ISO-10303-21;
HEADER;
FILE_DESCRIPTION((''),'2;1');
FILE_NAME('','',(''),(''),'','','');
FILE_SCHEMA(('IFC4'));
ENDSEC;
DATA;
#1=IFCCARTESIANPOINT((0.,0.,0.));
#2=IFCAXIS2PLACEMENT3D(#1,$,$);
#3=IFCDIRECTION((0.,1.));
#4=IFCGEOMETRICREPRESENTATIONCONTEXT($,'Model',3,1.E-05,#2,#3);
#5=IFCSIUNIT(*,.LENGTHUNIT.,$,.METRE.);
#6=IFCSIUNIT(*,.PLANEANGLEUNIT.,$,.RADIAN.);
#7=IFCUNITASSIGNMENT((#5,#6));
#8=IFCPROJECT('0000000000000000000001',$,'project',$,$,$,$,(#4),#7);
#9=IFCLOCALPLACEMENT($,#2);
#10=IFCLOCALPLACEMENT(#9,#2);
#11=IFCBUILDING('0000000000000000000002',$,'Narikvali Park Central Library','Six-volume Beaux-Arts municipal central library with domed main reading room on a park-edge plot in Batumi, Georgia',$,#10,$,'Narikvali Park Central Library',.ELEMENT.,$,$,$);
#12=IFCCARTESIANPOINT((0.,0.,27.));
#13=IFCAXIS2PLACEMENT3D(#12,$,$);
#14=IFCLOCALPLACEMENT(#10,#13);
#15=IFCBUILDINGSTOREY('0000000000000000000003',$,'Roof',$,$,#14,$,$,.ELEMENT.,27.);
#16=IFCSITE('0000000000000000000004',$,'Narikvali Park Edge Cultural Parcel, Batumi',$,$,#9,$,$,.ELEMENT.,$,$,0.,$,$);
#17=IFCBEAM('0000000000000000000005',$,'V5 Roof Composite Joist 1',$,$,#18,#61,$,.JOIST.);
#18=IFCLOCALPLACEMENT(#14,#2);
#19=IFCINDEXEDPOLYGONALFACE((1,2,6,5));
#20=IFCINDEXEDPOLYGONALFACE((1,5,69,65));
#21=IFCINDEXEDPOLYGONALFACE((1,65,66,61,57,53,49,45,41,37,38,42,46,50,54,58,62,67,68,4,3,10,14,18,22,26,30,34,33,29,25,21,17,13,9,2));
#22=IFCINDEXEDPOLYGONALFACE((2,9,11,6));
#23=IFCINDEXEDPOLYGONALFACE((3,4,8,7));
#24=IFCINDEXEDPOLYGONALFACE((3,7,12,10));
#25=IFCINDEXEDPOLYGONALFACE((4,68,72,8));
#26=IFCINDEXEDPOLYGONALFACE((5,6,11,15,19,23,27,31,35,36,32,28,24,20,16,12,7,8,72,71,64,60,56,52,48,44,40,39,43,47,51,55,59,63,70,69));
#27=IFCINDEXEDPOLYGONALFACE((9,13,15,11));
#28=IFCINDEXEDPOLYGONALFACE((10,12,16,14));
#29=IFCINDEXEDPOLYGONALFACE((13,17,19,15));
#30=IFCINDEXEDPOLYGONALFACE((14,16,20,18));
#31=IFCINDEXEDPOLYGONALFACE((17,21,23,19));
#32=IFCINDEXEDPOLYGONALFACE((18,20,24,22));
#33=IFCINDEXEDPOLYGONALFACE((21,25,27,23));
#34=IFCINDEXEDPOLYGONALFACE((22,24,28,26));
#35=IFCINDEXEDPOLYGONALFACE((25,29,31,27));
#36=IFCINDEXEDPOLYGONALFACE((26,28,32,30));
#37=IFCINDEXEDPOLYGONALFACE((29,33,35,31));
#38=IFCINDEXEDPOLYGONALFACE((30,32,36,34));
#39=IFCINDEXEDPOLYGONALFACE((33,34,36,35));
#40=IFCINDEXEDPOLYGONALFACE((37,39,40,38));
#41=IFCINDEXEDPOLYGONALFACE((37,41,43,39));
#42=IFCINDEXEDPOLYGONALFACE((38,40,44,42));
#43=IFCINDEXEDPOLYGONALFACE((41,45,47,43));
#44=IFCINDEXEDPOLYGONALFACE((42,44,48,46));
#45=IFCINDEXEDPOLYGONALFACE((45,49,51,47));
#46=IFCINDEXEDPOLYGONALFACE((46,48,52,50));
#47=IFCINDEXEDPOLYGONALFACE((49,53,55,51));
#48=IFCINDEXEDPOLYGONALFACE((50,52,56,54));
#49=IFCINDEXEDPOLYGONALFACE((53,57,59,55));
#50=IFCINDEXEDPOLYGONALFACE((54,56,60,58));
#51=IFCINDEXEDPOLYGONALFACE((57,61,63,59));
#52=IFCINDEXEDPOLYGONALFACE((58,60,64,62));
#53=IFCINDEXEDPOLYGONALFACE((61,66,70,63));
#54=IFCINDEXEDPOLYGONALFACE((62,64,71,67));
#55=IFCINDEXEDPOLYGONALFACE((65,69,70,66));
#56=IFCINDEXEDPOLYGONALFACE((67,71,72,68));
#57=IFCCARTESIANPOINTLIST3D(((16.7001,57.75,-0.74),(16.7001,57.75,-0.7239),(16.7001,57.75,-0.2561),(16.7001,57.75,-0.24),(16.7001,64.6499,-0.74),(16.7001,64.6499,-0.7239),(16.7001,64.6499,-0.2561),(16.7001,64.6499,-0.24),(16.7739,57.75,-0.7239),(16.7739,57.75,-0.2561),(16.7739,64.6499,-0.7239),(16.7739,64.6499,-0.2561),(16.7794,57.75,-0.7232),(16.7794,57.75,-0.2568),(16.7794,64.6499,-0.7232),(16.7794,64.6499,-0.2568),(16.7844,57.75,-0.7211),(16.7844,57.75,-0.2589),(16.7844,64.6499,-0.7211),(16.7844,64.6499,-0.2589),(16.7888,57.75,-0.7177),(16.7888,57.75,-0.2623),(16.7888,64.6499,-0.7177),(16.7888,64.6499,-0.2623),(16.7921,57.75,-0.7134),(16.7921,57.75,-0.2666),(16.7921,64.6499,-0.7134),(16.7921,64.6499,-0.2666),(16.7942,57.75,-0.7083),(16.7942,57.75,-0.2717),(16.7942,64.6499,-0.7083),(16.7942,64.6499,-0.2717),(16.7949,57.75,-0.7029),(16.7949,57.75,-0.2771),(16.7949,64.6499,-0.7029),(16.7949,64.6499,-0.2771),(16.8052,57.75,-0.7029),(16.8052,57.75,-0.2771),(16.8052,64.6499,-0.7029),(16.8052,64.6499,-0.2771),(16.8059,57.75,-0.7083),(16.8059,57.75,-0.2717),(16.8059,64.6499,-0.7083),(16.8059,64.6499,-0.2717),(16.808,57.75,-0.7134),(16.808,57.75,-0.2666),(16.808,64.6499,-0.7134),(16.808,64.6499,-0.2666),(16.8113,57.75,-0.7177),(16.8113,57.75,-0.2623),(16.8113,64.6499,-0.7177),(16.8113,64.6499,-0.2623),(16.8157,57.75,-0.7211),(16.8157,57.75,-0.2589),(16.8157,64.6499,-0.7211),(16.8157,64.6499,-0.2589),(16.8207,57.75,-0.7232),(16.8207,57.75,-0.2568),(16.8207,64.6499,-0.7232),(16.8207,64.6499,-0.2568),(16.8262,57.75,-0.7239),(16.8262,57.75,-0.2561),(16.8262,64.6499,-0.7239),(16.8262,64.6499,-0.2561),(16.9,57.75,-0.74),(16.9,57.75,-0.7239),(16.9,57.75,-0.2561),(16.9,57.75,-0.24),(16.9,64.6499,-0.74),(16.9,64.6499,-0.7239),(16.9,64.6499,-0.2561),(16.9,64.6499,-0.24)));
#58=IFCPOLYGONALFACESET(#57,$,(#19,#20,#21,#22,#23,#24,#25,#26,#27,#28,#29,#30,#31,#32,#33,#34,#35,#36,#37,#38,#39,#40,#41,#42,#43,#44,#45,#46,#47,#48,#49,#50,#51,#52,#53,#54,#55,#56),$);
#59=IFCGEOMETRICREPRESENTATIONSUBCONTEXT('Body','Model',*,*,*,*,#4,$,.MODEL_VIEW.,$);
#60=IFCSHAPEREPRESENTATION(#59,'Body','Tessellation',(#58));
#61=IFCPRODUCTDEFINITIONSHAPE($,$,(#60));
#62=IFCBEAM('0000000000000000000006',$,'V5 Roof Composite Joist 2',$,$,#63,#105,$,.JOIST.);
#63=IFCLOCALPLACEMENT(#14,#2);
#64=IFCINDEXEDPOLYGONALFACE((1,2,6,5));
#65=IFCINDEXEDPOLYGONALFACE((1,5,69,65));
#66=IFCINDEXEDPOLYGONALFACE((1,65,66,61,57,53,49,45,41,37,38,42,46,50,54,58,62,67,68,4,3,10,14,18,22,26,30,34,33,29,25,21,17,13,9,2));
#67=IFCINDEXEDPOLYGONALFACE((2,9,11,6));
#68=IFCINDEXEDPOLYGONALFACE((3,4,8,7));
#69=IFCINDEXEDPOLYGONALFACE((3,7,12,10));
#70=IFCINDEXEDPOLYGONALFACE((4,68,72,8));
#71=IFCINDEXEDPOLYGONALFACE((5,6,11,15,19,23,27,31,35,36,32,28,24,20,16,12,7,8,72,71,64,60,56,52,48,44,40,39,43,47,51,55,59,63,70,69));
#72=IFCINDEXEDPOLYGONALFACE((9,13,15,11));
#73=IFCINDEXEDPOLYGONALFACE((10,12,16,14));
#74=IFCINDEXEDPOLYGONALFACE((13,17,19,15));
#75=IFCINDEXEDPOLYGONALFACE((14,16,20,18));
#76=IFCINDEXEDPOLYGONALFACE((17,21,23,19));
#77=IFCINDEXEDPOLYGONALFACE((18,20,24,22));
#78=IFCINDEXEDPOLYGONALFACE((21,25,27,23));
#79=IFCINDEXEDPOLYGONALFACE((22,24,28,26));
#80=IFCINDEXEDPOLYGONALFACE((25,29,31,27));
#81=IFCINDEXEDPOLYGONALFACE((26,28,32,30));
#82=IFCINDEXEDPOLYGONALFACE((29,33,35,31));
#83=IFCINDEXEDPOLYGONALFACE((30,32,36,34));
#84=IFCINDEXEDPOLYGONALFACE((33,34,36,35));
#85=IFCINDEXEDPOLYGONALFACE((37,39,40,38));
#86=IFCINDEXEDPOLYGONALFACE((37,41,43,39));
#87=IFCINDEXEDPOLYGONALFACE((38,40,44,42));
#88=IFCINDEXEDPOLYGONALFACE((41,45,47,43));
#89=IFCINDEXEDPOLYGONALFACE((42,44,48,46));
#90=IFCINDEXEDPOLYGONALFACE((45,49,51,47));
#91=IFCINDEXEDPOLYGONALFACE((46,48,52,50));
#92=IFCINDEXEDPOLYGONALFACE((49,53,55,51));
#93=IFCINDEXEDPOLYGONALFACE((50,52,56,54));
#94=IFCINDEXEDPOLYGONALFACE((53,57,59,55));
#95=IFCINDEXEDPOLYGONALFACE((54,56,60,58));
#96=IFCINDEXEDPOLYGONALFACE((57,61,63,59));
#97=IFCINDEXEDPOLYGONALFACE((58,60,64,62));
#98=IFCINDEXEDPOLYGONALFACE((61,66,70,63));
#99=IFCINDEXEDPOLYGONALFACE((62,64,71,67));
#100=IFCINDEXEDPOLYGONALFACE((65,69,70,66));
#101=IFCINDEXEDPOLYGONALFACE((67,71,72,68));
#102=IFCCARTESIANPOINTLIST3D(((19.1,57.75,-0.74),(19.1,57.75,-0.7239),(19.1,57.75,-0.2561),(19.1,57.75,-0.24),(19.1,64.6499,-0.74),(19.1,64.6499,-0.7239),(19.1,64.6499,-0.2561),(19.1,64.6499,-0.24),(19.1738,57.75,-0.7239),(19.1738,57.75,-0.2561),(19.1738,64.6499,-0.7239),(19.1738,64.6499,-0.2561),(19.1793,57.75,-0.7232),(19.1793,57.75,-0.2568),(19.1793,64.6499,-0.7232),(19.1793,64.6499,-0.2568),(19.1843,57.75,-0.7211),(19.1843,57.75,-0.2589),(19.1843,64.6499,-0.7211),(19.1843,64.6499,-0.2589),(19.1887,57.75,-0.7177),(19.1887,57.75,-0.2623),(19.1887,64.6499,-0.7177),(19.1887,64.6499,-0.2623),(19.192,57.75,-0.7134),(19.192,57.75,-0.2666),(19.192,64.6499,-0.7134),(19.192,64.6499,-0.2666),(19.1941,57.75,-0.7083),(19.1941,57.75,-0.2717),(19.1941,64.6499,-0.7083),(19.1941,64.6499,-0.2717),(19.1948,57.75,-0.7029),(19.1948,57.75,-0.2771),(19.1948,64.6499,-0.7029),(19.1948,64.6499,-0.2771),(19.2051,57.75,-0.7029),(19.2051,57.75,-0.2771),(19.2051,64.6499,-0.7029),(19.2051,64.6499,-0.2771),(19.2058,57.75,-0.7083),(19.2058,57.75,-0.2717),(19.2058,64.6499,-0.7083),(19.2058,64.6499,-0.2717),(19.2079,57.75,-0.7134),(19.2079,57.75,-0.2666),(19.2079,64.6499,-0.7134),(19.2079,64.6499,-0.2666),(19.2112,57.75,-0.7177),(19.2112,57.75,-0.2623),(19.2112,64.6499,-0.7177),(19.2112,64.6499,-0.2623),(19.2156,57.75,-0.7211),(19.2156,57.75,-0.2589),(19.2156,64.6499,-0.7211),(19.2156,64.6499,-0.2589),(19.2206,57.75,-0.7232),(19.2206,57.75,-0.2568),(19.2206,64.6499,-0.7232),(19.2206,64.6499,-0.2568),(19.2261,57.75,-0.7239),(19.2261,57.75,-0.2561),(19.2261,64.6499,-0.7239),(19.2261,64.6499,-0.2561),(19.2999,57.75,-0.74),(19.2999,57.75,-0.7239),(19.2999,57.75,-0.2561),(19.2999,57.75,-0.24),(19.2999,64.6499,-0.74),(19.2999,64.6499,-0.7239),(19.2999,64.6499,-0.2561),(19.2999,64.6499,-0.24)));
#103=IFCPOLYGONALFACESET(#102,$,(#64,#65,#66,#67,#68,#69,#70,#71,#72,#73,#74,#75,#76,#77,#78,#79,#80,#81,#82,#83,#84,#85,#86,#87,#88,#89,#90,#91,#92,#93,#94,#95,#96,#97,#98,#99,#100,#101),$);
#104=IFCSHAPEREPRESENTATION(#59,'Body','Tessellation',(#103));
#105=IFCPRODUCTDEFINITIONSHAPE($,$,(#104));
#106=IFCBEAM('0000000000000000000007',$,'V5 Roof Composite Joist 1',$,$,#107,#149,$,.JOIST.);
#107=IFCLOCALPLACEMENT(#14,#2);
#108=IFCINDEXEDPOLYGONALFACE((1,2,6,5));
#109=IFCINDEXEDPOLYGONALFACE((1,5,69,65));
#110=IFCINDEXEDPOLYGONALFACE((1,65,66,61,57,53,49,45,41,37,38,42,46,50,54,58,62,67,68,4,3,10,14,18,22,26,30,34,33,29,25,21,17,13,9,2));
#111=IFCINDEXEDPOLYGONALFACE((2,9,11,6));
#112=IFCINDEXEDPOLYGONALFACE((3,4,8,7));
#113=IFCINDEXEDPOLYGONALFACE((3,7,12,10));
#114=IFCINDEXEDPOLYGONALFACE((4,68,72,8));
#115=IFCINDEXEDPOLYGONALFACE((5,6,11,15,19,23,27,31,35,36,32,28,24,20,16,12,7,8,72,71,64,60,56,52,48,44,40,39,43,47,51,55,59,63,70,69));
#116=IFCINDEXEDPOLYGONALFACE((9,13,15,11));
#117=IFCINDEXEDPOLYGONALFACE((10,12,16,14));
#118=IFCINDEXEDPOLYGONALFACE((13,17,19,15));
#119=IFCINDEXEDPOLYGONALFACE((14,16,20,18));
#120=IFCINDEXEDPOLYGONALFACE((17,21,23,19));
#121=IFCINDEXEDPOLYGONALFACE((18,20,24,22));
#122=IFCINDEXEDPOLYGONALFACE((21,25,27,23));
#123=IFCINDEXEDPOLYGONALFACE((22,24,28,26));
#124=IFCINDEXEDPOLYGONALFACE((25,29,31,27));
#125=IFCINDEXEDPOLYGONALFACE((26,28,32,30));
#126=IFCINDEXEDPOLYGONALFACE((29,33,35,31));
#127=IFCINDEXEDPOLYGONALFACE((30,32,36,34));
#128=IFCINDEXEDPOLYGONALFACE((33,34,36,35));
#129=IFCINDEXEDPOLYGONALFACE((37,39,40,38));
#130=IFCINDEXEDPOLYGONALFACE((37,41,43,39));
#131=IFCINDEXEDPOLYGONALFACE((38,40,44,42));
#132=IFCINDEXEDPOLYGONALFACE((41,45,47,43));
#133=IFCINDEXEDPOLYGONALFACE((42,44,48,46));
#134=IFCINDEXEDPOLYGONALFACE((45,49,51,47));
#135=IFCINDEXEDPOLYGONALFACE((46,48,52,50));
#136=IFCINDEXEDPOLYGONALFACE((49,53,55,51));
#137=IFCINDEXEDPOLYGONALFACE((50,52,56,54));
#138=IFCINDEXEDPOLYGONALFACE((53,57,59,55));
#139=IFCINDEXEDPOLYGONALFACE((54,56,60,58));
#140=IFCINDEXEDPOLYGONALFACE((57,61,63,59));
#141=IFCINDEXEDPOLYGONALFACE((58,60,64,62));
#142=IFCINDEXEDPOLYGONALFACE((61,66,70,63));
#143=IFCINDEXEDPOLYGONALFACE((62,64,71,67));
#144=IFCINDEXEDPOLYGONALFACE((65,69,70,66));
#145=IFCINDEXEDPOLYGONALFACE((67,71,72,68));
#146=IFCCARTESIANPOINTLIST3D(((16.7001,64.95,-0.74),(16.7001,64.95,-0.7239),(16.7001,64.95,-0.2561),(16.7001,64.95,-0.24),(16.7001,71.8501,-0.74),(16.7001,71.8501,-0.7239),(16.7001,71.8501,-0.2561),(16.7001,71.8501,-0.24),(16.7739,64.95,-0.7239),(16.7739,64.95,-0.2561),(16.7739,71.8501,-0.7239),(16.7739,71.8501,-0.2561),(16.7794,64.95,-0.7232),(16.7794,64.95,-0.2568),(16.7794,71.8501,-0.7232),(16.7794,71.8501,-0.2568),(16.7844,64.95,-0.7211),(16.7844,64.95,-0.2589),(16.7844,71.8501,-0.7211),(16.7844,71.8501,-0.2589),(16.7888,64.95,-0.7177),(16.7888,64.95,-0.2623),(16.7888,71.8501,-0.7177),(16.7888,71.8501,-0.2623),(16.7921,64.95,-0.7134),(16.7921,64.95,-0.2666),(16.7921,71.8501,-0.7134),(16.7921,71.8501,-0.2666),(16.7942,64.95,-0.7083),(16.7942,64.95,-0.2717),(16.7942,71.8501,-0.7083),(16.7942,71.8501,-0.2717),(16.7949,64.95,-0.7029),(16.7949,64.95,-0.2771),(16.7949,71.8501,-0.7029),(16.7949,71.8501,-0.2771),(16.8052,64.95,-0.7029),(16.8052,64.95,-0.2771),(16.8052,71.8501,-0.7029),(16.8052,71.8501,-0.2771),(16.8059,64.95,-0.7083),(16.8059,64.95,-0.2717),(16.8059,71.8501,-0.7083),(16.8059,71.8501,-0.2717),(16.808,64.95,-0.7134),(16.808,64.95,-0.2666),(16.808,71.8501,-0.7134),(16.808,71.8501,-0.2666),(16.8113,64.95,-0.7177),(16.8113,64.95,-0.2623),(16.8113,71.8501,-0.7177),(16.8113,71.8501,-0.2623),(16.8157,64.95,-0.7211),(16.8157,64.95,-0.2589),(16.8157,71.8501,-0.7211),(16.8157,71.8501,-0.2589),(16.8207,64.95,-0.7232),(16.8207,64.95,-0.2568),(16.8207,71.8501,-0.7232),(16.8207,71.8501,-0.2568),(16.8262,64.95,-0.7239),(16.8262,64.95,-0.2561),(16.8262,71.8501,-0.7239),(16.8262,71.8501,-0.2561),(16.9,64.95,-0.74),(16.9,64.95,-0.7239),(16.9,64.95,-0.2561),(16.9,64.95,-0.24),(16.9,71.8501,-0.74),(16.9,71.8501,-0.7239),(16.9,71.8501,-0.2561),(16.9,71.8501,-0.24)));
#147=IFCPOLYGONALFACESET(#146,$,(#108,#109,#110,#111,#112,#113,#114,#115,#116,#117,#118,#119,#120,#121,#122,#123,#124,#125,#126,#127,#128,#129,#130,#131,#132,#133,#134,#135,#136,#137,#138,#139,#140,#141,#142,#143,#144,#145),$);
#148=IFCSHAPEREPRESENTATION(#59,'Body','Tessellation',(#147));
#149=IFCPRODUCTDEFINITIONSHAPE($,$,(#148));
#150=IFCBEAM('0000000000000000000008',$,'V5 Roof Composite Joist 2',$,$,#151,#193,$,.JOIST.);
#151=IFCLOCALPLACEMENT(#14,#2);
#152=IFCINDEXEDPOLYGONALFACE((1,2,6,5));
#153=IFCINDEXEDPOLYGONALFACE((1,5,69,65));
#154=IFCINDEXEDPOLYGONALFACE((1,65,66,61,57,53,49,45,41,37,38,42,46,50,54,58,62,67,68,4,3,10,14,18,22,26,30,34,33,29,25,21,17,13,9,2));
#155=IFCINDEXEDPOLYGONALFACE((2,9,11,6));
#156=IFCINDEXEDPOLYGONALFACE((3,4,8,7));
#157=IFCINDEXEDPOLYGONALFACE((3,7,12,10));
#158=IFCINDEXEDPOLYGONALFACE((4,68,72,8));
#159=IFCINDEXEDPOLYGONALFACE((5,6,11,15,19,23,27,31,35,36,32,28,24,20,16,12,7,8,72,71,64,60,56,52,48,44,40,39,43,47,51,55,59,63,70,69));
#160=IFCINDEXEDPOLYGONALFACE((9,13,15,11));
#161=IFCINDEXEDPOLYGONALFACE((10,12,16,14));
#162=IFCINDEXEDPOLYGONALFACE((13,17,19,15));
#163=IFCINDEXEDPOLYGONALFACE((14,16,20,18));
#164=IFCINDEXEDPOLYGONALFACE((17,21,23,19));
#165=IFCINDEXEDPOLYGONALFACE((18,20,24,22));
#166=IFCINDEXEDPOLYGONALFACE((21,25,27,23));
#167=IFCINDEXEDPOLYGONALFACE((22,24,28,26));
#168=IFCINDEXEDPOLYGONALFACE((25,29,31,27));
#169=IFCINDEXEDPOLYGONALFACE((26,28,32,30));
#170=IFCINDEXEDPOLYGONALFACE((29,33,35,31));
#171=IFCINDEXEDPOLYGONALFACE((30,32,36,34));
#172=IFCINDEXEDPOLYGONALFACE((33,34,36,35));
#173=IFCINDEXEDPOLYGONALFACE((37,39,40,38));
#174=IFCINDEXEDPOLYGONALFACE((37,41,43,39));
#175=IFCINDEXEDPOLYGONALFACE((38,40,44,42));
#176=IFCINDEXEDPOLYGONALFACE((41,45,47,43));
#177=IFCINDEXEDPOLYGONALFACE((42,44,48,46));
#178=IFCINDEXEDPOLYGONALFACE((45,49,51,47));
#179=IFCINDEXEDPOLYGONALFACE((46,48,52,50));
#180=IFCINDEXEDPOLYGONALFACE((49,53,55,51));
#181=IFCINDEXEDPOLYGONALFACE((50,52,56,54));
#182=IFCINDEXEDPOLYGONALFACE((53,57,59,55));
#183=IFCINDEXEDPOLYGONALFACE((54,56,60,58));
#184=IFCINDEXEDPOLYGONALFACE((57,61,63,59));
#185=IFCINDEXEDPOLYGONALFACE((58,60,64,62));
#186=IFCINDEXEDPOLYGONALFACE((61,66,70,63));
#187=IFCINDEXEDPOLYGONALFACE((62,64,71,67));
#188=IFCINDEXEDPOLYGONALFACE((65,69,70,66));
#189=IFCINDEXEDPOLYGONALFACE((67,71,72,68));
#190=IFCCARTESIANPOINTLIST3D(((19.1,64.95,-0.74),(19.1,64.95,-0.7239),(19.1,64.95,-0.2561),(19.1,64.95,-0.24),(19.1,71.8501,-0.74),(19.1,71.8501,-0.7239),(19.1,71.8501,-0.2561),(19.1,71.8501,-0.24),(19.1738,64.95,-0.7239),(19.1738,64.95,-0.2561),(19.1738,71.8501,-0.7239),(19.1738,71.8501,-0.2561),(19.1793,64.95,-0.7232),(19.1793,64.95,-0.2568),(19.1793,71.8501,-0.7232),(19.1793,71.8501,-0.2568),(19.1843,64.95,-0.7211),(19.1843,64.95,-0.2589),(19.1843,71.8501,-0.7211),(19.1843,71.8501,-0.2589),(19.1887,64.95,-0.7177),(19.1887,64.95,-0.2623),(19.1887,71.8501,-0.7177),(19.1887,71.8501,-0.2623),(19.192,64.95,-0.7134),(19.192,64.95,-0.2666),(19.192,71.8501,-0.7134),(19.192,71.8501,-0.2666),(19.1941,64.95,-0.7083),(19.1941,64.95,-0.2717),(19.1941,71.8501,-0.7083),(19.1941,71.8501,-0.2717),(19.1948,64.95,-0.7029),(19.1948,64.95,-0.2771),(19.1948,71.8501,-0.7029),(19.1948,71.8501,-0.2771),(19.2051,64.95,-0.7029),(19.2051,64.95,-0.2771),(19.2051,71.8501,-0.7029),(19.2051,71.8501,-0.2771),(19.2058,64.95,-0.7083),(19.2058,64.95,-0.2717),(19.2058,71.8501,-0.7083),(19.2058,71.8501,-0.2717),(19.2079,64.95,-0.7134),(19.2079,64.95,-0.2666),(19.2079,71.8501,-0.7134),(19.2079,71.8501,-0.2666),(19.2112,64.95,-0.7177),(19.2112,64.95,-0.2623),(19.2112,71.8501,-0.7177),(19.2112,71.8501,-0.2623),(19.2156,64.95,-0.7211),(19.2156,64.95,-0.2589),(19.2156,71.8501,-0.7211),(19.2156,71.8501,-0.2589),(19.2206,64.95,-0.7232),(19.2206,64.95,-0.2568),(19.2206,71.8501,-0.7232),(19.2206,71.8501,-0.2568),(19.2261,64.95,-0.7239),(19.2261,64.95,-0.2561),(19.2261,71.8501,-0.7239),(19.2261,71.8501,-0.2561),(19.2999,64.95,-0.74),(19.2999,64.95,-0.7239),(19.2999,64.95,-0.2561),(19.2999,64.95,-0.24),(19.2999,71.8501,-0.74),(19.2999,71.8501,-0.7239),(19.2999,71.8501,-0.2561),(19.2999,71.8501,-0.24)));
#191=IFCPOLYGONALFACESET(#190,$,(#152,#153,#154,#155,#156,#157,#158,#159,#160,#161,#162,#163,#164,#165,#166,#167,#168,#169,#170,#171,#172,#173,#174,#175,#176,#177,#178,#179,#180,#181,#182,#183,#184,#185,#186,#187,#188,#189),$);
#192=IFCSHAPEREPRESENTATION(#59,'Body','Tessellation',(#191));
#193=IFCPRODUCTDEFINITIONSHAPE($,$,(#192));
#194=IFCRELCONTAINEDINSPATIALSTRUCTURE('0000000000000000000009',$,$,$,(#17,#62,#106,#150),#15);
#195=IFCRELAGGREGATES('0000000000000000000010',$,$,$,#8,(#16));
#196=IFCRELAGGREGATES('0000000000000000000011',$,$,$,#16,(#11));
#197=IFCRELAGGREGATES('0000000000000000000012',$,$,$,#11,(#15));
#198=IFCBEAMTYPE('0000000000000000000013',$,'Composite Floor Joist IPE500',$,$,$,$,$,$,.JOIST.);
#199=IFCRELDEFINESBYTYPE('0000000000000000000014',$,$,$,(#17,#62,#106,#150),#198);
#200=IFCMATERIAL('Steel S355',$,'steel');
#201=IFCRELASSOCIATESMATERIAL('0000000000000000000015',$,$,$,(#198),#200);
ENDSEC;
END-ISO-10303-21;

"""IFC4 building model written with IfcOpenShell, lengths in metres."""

from ifc_helpers import new_model, si_unit, direction, frame, origin, origin_2d, place, context, subcontext, project, spatial, i_section, extrude, material, material_profile, profile_set, type_object, element, save


model = new_model("IFC4")

# Units and contexts
model_context = context("Model", 3, precision=1e-05, world=origin(), true_north=direction((0.0, 1.0)))
body_context = subcontext(model_context, "Body", "Model", "MODEL_VIEW")
ifc_project = project(units=[si_unit("LENGTHUNIT", "METRE"), si_unit("PLANEANGLEUNIT", "RADIAN")], contexts=[model_context])

# Site, building, storey
site_placement = place(None, origin())
site = spatial("IfcSite", under=ifc_project, at=site_placement, Name="Narikvali Park Edge Cultural Parcel, Batumi", CompositionType="ELEMENT", RefElevation=0.0)
building_placement = place(site_placement, origin())
building = spatial("IfcBuilding", under=site, at=building_placement, Name="Narikvali Park Central Library", Description="Six-volume Beaux-Arts municipal central library with domed main reading room on a park-edge plot in Batumi, Georgia", LongName="Narikvali Park Central Library", CompositionType="ELEMENT")
storey_placement = place(building_placement, frame((0.0, 0.0, 27.0)))
storey = spatial("IfcBuildingStorey", under=building, at=storey_placement, Name="Roof", CompositionType="ELEMENT", Elevation=27.0)

# Beams
ifc_material = material(Name="Steel S355", Category="steel")
ifc_material_profile_1 = material_profile(ifc_material, i_section(OverallWidth=0.2, OverallDepth=0.5, WebThickness=0.0103, FlangeThickness=0.0161, FilletRadius=0.021, at=origin_2d()), Name="IPE 500")
ifc_profile_set_1 = profile_set([ifc_material_profile_1], Name="Steel S355")
beam_type_1 = type_object("IfcBeamType", Name="Composite Floor Joist IPE500", PredefinedType="JOIST", material=ifc_profile_set_1)
for number, where, z_axis, x_axis, name in (
    (1, (16.8, 57.75, -0.49), (0.0, 1.0, 0.0), (-1.0, 0.0, 0.0), "V5 Roof Composite Joist 1"),
    (2, (19.2, 57.75, -0.49), (0.0, 1.0, 0.0), (-1.0, 0.0, 0.0), "V5 Roof Composite Joist 2"),
):
    element("IfcBeam", number, at=place(storey_placement, frame(where, z_axis=z_axis, x_axis=x_axis)), inside=storey, type_object=beam_type_1, Name=name, PredefinedType="JOIST", context=body_context, shape_type="SweptSolid", body=[
        extrude(i_section(OverallWidth=0.2, OverallDepth=0.5, WebThickness=0.0103, FlangeThickness=0.0161, FilletRadius=0.021, at=origin_2d()), origin(), (0.0, 0.0, 1.0), 6.8999),
    ])
for number, where, z_axis, x_axis, name in (
    (3, (16.8, 64.95, -0.49), (0.0, 1.0, 0.0), (-1.0, 0.0, 0.0), "V5 Roof Composite Joist 1"),
    (4, (19.2, 64.95, -0.49), (0.0, 1.0, 0.0), (-1.0, 0.0, 0.0), "V5 Roof Composite Joist 2"),
):
    element("IfcBeam", number, at=place(storey_placement, frame(where, z_axis=z_axis, x_axis=x_axis)), inside=storey, type_object=beam_type_1, Name=name, PredefinedType="JOIST", context=body_context, shape_type="SweptSolid", body=[
        extrude(i_section(OverallWidth=0.2, OverallDepth=0.5, WebThickness=0.0103, FlangeThickness=0.0161, FilletRadius=0.021, at=origin_2d()), origin(), (0.0, 0.0, 1.0), 6.9001),
    ])

save(model, "model.ifc")
